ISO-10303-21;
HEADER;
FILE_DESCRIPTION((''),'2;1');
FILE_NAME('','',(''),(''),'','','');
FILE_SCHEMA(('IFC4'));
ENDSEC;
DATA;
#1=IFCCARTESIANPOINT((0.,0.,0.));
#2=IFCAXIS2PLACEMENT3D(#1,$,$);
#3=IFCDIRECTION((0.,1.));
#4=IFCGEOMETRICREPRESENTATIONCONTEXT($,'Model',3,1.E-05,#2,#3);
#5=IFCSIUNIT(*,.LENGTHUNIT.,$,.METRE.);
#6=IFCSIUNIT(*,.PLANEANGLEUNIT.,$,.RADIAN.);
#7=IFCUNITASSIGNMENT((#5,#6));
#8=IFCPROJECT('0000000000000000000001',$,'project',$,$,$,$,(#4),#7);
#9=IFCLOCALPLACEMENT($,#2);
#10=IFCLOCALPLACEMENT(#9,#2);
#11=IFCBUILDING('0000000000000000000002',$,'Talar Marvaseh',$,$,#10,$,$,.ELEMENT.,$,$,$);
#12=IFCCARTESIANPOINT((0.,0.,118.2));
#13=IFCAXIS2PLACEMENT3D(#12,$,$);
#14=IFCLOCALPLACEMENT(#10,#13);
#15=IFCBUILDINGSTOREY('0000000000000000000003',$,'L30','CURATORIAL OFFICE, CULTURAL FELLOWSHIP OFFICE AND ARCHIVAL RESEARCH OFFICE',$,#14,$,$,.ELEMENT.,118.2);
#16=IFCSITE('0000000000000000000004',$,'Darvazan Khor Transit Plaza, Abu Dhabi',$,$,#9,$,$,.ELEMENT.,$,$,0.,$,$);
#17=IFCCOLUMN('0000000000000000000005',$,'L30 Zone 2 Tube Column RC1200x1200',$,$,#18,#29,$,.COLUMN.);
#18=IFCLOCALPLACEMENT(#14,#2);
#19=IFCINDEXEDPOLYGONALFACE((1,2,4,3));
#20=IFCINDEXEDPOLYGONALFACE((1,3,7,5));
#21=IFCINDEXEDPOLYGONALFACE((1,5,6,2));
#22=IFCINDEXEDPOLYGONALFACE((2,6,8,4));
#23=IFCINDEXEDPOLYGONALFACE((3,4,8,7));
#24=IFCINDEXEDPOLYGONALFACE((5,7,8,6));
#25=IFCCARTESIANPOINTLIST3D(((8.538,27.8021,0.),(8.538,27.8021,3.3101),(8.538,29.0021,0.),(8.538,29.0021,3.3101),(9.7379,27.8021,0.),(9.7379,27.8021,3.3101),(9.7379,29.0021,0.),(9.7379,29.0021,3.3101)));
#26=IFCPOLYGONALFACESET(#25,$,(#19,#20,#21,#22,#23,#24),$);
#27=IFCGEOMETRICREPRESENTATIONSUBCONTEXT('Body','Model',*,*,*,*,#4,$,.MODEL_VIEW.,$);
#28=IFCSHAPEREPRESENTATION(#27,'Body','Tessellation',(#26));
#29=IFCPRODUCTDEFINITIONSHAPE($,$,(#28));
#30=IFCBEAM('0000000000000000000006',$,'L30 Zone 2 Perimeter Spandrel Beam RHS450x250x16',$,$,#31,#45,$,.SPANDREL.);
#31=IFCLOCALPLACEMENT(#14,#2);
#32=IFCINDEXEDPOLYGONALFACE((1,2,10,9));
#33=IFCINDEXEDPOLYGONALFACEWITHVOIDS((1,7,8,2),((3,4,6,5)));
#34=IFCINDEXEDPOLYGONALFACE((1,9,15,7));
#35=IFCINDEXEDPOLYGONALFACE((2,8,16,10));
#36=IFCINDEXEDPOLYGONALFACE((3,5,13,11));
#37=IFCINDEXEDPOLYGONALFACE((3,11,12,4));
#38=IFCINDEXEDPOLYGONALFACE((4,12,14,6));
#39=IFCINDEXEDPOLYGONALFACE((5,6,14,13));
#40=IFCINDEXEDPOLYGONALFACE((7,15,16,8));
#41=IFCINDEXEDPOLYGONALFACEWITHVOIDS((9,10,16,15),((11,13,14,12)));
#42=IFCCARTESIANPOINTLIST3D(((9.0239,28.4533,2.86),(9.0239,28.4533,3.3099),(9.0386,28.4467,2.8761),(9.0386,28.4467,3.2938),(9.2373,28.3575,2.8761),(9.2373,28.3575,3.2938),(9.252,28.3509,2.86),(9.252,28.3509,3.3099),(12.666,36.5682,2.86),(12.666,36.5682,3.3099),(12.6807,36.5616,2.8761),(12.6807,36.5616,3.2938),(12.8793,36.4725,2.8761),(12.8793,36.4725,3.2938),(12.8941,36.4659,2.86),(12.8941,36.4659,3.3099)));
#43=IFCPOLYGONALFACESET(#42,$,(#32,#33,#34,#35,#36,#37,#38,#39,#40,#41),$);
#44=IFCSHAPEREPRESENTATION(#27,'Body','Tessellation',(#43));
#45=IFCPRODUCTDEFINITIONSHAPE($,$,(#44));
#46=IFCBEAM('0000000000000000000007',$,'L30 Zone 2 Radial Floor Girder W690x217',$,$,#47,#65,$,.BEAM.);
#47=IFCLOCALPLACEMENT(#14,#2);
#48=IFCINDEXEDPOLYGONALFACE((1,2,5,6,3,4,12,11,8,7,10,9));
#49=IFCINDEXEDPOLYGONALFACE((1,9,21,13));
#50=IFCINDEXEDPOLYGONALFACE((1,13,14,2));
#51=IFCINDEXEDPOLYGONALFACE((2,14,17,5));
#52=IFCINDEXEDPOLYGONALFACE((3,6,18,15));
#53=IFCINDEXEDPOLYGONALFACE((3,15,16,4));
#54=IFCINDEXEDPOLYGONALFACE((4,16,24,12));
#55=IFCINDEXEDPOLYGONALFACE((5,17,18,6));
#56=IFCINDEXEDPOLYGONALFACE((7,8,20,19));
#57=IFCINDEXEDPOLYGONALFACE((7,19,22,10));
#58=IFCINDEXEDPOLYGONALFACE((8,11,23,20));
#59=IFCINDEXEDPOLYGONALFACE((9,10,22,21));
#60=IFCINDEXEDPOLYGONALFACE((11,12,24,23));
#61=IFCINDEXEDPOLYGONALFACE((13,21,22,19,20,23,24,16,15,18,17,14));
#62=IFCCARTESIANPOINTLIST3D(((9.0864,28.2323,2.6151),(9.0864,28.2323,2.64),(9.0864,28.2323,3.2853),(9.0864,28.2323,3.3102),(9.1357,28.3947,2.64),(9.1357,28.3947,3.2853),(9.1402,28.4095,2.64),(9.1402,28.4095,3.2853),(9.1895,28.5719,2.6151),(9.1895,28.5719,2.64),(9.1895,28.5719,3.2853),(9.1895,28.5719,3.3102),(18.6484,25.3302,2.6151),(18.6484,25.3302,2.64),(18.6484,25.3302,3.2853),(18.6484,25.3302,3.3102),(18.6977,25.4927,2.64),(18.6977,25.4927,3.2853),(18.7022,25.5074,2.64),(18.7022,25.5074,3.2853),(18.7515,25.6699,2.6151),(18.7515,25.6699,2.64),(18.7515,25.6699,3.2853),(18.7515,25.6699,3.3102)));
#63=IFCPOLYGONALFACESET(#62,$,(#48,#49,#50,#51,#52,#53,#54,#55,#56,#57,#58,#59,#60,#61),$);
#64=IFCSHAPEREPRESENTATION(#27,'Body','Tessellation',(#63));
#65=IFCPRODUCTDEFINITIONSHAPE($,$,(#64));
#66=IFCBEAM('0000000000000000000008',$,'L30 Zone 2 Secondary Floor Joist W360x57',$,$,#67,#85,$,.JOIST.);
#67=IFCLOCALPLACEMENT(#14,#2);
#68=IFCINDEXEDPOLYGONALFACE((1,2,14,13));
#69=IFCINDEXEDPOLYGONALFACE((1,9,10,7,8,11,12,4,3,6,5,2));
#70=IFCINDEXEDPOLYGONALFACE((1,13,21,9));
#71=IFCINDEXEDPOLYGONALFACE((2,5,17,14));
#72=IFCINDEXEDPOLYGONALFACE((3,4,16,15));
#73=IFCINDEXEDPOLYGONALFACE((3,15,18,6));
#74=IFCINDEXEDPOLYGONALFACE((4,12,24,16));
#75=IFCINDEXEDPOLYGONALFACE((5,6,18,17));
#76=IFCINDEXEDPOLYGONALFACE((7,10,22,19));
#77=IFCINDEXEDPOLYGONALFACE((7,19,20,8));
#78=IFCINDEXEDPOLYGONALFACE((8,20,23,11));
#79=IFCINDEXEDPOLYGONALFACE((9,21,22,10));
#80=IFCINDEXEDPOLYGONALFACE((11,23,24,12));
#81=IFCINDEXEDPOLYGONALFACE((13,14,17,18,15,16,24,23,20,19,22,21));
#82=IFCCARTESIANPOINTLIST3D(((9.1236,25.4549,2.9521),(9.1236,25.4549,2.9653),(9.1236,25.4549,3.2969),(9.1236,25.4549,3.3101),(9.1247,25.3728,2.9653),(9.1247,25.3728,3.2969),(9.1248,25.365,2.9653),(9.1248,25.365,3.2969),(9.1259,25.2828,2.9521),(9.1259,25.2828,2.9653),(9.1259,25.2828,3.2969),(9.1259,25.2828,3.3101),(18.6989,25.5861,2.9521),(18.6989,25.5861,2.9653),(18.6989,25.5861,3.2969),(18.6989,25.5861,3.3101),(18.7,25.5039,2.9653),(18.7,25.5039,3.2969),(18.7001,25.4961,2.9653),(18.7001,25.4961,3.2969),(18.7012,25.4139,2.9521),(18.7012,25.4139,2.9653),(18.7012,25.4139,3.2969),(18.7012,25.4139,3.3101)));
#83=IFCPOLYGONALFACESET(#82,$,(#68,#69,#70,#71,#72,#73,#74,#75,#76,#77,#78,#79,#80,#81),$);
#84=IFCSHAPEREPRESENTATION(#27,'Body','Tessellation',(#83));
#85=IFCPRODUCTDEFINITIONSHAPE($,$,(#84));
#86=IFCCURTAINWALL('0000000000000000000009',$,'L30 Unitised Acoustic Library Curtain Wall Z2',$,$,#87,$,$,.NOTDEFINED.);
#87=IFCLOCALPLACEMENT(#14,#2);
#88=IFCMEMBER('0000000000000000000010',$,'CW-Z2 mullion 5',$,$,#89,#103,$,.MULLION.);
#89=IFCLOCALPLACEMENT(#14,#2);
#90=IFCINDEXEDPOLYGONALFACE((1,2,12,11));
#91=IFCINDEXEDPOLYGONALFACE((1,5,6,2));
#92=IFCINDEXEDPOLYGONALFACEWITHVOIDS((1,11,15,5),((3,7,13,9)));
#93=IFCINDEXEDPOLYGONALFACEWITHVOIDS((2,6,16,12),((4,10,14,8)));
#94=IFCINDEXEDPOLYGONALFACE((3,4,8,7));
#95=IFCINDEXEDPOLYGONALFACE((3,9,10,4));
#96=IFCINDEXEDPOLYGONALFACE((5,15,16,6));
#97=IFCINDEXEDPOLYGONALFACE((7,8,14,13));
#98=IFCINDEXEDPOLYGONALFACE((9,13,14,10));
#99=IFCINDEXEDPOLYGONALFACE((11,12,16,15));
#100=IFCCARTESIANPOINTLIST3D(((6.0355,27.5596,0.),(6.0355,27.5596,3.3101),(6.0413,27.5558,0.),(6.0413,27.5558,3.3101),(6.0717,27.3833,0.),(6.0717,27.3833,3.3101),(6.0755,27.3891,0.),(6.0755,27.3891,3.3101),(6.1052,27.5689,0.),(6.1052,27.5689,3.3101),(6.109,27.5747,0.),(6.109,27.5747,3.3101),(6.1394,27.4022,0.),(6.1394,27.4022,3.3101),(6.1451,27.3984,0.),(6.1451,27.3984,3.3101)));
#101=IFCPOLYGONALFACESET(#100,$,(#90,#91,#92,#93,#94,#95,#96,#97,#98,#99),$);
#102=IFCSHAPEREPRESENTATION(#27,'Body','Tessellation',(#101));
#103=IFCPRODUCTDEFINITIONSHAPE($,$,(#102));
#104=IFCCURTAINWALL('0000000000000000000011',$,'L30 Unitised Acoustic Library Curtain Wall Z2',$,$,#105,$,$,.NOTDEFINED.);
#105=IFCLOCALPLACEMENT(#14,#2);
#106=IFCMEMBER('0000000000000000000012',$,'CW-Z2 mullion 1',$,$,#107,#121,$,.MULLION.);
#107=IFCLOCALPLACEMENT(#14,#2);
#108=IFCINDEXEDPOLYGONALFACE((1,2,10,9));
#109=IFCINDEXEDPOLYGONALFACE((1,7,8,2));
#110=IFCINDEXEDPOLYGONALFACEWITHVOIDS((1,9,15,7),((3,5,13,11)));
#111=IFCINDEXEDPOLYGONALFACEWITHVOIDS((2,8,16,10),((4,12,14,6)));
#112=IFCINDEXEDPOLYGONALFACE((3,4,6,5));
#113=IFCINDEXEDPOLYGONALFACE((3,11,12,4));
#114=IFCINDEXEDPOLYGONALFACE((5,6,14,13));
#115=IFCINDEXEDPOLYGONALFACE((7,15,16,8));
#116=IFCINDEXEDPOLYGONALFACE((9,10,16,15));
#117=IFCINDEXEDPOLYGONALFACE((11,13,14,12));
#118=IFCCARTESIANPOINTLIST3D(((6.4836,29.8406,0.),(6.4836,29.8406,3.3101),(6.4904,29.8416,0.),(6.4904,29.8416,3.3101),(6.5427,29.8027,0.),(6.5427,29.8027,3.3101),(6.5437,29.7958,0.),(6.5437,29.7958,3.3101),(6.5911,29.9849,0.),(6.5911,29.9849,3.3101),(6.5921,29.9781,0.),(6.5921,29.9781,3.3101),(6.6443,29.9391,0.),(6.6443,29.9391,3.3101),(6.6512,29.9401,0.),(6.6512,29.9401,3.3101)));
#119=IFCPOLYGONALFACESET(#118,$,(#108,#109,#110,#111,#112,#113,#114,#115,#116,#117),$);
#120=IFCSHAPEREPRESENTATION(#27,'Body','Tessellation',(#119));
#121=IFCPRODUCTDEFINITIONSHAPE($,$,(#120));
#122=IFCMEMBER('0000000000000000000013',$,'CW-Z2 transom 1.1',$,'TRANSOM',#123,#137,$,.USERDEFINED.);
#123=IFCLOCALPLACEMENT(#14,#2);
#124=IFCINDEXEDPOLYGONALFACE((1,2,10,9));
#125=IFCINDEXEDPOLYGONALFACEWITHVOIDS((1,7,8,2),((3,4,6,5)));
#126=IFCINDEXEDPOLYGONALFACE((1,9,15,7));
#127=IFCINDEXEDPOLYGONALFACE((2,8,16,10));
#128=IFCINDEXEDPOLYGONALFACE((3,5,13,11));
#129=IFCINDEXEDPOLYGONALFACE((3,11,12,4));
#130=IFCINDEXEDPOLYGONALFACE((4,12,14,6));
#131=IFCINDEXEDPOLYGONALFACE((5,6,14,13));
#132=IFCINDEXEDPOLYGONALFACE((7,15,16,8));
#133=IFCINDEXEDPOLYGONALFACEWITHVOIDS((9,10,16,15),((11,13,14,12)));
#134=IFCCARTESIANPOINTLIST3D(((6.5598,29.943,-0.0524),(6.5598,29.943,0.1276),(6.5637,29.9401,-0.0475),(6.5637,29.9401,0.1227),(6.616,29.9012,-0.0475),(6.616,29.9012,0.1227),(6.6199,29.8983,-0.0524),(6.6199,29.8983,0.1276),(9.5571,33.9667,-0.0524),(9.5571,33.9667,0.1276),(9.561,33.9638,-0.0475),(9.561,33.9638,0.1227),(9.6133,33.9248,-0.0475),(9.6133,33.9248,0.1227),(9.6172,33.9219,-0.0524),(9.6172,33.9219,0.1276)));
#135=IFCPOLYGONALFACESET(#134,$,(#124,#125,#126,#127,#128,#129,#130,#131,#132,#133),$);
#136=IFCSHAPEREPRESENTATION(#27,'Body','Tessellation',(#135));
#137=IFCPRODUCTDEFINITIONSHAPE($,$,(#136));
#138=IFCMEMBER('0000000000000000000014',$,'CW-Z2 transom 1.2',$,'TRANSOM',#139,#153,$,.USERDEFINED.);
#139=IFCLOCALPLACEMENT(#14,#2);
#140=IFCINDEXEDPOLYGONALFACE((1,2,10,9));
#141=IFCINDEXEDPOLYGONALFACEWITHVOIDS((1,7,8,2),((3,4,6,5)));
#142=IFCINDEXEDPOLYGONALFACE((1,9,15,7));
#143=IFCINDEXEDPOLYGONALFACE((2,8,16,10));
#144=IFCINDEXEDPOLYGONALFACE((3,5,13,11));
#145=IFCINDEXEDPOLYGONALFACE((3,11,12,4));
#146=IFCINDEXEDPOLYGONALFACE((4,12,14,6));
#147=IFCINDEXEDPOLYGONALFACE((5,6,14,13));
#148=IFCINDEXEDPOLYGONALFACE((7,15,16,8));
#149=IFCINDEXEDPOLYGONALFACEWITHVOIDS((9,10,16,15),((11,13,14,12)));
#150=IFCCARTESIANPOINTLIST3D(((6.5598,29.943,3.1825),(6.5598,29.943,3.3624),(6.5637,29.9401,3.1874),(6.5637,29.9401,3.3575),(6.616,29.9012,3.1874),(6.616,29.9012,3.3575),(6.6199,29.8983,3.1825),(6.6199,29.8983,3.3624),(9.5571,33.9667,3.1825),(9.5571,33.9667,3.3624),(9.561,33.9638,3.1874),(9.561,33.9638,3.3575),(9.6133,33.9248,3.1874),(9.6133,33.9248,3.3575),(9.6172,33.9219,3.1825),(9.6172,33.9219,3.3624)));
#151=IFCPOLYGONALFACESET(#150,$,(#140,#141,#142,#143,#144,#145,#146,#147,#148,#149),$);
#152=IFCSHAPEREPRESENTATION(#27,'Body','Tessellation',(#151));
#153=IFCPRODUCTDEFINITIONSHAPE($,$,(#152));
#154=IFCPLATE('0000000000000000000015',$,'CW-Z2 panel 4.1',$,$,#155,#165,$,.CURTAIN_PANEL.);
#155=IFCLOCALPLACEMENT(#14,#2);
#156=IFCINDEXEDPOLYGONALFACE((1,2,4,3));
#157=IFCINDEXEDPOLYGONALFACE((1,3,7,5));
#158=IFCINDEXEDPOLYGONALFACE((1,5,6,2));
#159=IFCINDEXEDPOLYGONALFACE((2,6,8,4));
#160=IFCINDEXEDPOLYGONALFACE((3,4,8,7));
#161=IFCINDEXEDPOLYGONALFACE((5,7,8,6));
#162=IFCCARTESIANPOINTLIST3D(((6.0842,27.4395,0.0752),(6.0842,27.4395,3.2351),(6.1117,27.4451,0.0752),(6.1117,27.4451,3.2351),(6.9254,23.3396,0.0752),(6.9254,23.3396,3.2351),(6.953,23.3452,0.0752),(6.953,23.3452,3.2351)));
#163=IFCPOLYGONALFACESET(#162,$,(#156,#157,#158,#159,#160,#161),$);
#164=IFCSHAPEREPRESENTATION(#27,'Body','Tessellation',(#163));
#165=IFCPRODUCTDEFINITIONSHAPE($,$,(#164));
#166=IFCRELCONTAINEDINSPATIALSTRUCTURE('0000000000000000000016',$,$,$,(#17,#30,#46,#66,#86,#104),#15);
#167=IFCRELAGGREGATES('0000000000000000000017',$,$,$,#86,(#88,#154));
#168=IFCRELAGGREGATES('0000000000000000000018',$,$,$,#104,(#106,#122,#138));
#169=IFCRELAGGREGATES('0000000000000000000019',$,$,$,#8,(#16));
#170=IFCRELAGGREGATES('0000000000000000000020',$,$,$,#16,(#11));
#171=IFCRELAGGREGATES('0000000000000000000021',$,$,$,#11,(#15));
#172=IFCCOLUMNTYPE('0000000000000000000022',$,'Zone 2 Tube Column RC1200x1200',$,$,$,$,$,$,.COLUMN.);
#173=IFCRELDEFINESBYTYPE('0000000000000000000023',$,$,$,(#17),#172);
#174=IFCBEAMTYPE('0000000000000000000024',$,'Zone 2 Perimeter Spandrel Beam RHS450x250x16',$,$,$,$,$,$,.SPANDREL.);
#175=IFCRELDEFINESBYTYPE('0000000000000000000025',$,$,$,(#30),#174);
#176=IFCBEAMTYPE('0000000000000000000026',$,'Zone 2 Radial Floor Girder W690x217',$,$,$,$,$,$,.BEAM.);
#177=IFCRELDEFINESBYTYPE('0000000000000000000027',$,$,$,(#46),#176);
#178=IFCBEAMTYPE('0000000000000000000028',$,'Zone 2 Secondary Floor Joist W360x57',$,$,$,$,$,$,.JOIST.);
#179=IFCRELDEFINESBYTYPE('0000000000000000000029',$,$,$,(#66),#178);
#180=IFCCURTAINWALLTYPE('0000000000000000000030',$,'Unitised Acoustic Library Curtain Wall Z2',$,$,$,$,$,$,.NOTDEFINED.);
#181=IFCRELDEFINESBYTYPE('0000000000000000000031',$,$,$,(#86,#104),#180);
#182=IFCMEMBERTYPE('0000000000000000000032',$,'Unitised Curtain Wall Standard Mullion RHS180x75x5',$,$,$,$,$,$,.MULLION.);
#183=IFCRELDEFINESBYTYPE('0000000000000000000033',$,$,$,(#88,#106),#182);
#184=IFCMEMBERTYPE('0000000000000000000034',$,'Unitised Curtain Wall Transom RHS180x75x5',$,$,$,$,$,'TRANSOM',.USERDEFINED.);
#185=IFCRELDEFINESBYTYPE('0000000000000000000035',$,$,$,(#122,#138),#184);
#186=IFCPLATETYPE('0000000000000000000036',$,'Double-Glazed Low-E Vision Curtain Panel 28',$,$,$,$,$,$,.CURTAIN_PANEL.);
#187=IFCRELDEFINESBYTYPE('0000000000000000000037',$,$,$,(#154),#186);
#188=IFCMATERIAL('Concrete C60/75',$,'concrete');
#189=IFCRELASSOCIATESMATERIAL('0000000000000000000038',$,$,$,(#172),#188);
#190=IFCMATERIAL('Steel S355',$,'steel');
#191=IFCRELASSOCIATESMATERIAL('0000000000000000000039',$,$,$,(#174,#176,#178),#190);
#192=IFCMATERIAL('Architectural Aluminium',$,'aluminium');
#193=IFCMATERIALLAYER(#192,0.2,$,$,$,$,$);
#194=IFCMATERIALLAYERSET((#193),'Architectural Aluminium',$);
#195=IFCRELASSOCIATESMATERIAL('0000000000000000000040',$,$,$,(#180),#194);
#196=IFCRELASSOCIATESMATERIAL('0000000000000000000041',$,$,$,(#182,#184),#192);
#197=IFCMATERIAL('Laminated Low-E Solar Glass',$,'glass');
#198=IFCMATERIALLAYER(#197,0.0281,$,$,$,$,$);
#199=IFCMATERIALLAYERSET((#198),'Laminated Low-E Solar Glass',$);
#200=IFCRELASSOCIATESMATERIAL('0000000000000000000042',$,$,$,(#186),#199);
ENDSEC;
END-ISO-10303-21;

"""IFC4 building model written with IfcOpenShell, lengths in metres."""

from ifc_helpers import new_model, si_unit, direction, frame, origin, origin_2d, place, context, subcontext, project, spatial, rectangle, hollow_rectangle, i_section, extrude, source, transform, mapped, material, layer, layer_set, material_profile, profile_set, type_object, type_shapes, element, aggregate, save


model = new_model("IFC4")

# Units and contexts
model_context = context("Model", 3, precision=1e-05, world=origin(), true_north=direction((0.0, 1.0)))
body_context = subcontext(model_context, "Body", "Model", "MODEL_VIEW")
ifc_project = project(units=[si_unit("LENGTHUNIT", "METRE"), si_unit("PLANEANGLEUNIT", "RADIAN")], contexts=[model_context])

# Site, building, storey
site_placement = place(None, origin())
site = spatial("IfcSite", under=ifc_project, at=site_placement, Name="Darvazan Khor Transit Plaza, Abu Dhabi", CompositionType="ELEMENT", RefElevation=0.0)
building_placement = place(site_placement, origin())
building = spatial("IfcBuilding", under=site, at=building_placement, Name="Talar Marvaseh", CompositionType="ELEMENT")
storey_placement = place(building_placement, frame((0.0, 0.0, 118.2)))
storey = spatial("IfcBuildingStorey", under=building, at=storey_placement, Name="L30", Description="CURATORIAL OFFICE, CULTURAL FELLOWSHIP OFFICE AND ARCHIVAL RESEARCH OFFICE", CompositionType="ELEMENT", Elevation=118.2)

# Column
ifc_material_1 = material(Name="Concrete C60/75", Category="concrete")
ifc_material_profile_1 = material_profile(ifc_material_1, rectangle(XDim=1.2, YDim=1.2, at=origin_2d()), Name="RC1200x1200")
ifc_profile_set_1 = profile_set([ifc_material_profile_1], Name="Concrete C60/75")
column_type = type_object("IfcColumnType", Name="Zone 2 Tube Column RC1200x1200", PredefinedType="COLUMN", material=ifc_profile_set_1)
column_placement = place(storey_placement, frame((9.1379, 28.4021, 0.0), z_axis=(0.0, 0.0, 1.0), x_axis=(1.0, 0.0, 0.0)))
element("IfcColumn", 1, at=column_placement, inside=storey, type_object=column_type, Name="L30 Zone 2 Tube Column RC1200x1200", PredefinedType="COLUMN", context=body_context, shape_type="SweptSolid", body=[
    extrude(rectangle(XDim=1.2, YDim=1.2, at=origin_2d()), origin(), (0.0, 0.0, 1.0), 3.3101),
])

# Beams
ifc_material_2 = material(Name="Steel S355", Category="steel")
ifc_material_profile_2 = material_profile(ifc_material_2, hollow_rectangle(XDim=0.25, YDim=0.45, WallThickness=0.0161, at=origin_2d()), Name="RHS450x250x16")
ifc_profile_set_2 = profile_set([ifc_material_profile_2], Name="Steel S355")
beam_type_1 = type_object("IfcBeamType", Name="Zone 2 Perimeter Spandrel Beam RHS450x250x16", PredefinedType="SPANDREL", material=ifc_profile_set_2)
beam_1_placement = place(storey_placement, frame((9.1379, 28.4021, 3.085), z_axis=(0.409462, 0.912327, 0.0), x_axis=(-0.912327, 0.409462, 0.0)))
element("IfcBeam", 2, at=beam_1_placement, inside=storey, type_object=beam_type_1, Name="L30 Zone 2 Perimeter Spandrel Beam RHS450x250x16", PredefinedType="SPANDREL", context=body_context, shape_type="SweptSolid", body=[
    extrude(hollow_rectangle(XDim=0.25, YDim=0.45, WallThickness=0.0161, at=origin_2d()), origin(), (0.0, 0.0, 1.0), 8.8948),
])
ifc_material_profile_3 = material_profile(ifc_material_2, i_section(OverallWidth=0.355, OverallDepth=0.6951, WebThickness=0.0154, FlangeThickness=0.0249, at=origin_2d()), Name="W690x217")
ifc_profile_set_3 = profile_set([ifc_material_profile_3], Name="Steel S355")
beam_type_2 = type_object("IfcBeamType", Name="Zone 2 Radial Floor Girder W690x217", PredefinedType="BEAM", material=ifc_profile_set_3)
beam_2_placement = place(storey_placement, frame((9.1379, 28.4021, 2.9626), z_axis=(0.956899, -0.290422, 0.0), x_axis=(0.290422, 0.956899, 0.0)))
element("IfcBeam", 3, at=beam_2_placement, inside=storey, type_object=beam_type_2, Name="L30 Zone 2 Radial Floor Girder W690x217", PredefinedType="BEAM", context=body_context, shape_type="SweptSolid", body=[
    extrude(i_section(OverallWidth=0.355, OverallDepth=0.6951, WebThickness=0.0154, FlangeThickness=0.0249, at=origin_2d()), origin(), (0.0, 0.0, 1.0), 9.9927),
])
ifc_material_profile_4 = material_profile(ifc_material_2, i_section(OverallWidth=0.1721, OverallDepth=0.3579, WebThickness=0.0078, FlangeThickness=0.0132, at=origin_2d()), Name="W360x57")
ifc_profile_set_4 = profile_set([ifc_material_profile_4], Name="Steel S355")
beam_type_3 = type_object("IfcBeamType", Name="Zone 2 Secondary Floor Joist W360x57", PredefinedType="JOIST", material=ifc_profile_set_4)
beam_3_placement = place(storey_placement, frame((9.1248, 25.3689, 3.1311), z_axis=(0.999906, 0.013691, 0.0), x_axis=(-0.013691, 0.999906, 0.0)))
element("IfcBeam", 4, at=beam_3_placement, inside=storey, type_object=beam_type_3, Name="L30 Zone 2 Secondary Floor Joist W360x57", PredefinedType="JOIST", context=body_context, shape_type="SweptSolid", body=[
    extrude(i_section(OverallWidth=0.1721, OverallDepth=0.3579, WebThickness=0.0078, FlangeThickness=0.0132, at=origin_2d()), origin(), (0.0, 0.0, 1.0), 9.5762),
])

# Curtain wall, member
ifc_material_3 = material(Name="Architectural Aluminium", Category="aluminium")
ifc_layer_1 = layer(ifc_material_3, 0.2)
ifc_layer_set_1 = layer_set([ifc_layer_1], Name="Architectural Aluminium")
curtain_wall_type = type_object("IfcCurtainWallType", Name="Unitised Acoustic Library Curtain Wall Z2", PredefinedType="NOTDEFINED", material=ifc_layer_set_1)
curtain_wall_1_placement = place(storey_placement, origin())
curtain_wall_1 = element("IfcCurtainWall", 5, at=curtain_wall_1_placement, inside=storey, type_object=curtain_wall_type, Name="L30 Unitised Acoustic Library Curtain Wall Z2", PredefinedType="NOTDEFINED")
ifc_material_profile_5 = material_profile(ifc_material_3, hollow_rectangle(XDim=0.075, YDim=0.1799, WallThickness=0.0049, at=origin_2d()), Name="RHS180x75x5")
ifc_profile_set_5 = profile_set([ifc_material_profile_5], Name="Architectural Aluminium")
member_type_1 = type_object("IfcMemberType", Name="Unitised Curtain Wall Standard Mullion RHS180x75x5", PredefinedType="MULLION", material=ifc_profile_set_5)
shared_shape_1 = source(origin(), body_context, "Body", "SweptSolid", [
    extrude(hollow_rectangle(XDim=0.075, YDim=0.1799, WallThickness=0.0049, at=origin_2d()), origin(), (0.0, 0.0, 1.0), 3.3101),
])
type_shapes(member_type_1, [shared_shape_1])
member_1_placement = place(storey_placement, frame((6.0903, 27.479, 0.0), z_axis=(0.0, 0.0, 1.0), x_axis=(-0.979589, -0.201011, 0.0)))
member_1 = element("IfcMember", 6, at=member_1_placement, type_object=member_type_1, Name="CW-Z2 mullion 5", PredefinedType="MULLION", context=body_context, shape_type="MappedRepresentation", body=[
    mapped(shared_shape_1, transform((0.0, 0.0, 0.0), x_axis=(1.0, 0.0, 0.0), y_axis=(0.0, 1.0, 0.0), z_axis=(0.0, 0.0, 1.0), scale=1.0)),
])

# Curtain wall, members
curtain_wall_2_placement = place(storey_placement, origin())
curtain_wall_2 = element("IfcCurtainWall", 7, at=curtain_wall_2_placement, inside=storey, type_object=curtain_wall_type, Name="L30 Unitised Acoustic Library Curtain Wall Z2", PredefinedType="NOTDEFINED")
member_2_placement = place(storey_placement, frame((6.5674, 29.8904, 0.0), z_axis=(0.0, 0.0, 1.0), x_axis=(-0.801961, 0.597376, 0.0)))
member_2 = element("IfcMember", 8, at=member_2_placement, type_object=member_type_1, Name="CW-Z2 mullion 1", PredefinedType="MULLION", context=body_context, shape_type="MappedRepresentation", body=[
    mapped(shared_shape_1, transform((0.0, 0.0, 0.0), x_axis=(1.0, 0.0, 0.0), y_axis=(0.0, 1.0, 0.0), z_axis=(0.0, 0.0, 1.0), scale=1.0)),
])
ifc_material_profile_6 = material_profile(ifc_material_3, hollow_rectangle(XDim=0.075, YDim=0.1799, WallThickness=0.0049, at=origin_2d()), Name="RHS180x75x5")
ifc_profile_set_6 = profile_set([ifc_material_profile_6], Name="Architectural Aluminium")
member_type_2 = type_object("IfcMemberType", Name="Unitised Curtain Wall Transom RHS180x75x5", ElementType="TRANSOM", PredefinedType="USERDEFINED", material=ifc_profile_set_6)
shared_shape_2 = source(origin(), body_context, "Body", "SweptSolid", [
    extrude(hollow_rectangle(XDim=0.075, YDim=0.1799, WallThickness=0.0049, at=origin_2d()), origin(), (0.0, 0.0, 1.0), 5.0173),
])
type_shapes(member_type_2, [shared_shape_2])
member_3_placement = place(storey_placement, frame((6.5898, 29.9207, 0.0376), z_axis=(0.597389, 0.801952, 0.0), x_axis=(-0.801952, 0.597389, 0.0)))
member_3 = element("IfcMember", 9, at=member_3_placement, type_object=member_type_2, Name="CW-Z2 transom 1.1", ObjectType="TRANSOM", PredefinedType="USERDEFINED", context=body_context, shape_type="MappedRepresentation", body=[
    mapped(shared_shape_2, transform((0.0, 0.0, 0.0), x_axis=(1.0, 0.0, 0.0), y_axis=(0.0, 1.0, 0.0), z_axis=(0.0, 0.0, 1.0), scale=1.0)),
])
member_4_placement = place(storey_placement, frame((6.5898, 29.9207, 3.2725), z_axis=(0.597389, 0.801952, 0.0), x_axis=(-0.801952, 0.597389, 0.0)))
member_4 = element("IfcMember", 10, at=member_4_placement, type_object=member_type_2, Name="CW-Z2 transom 1.2", ObjectType="TRANSOM", PredefinedType="USERDEFINED", context=body_context, shape_type="MappedRepresentation", body=[
    mapped(shared_shape_2, transform((0.0, 0.0, 0.0), x_axis=(1.0, 0.0, 0.0), y_axis=(0.0, 1.0, 0.0), z_axis=(0.0, 0.0, 1.0), scale=1.0)),
])

# Plate
ifc_material_4 = material(Name="Laminated Low-E Solar Glass", Category="glass")
ifc_layer_2 = layer(ifc_material_4, 0.0281)
ifc_layer_set_2 = layer_set([ifc_layer_2], Name="Laminated Low-E Solar Glass")
plate_type = type_object("IfcPlateType", Name="Double-Glazed Low-E Vision Curtain Panel 28", PredefinedType="CURTAIN_PANEL", material=ifc_layer_set_2)
shared_shape_3 = source(origin(), body_context, "Body", "SweptSolid", [
    extrude(rectangle(XDim=4.1853, YDim=0.0281, at=origin_2d()), origin(), (0.0, 0.0, 1.0), 3.1599),
])
plate_1_placement = place(storey_placement, frame((6.5186, 25.3923, 0.0752), z_axis=(0.0, 0.0, 1.0), x_axis=(-0.201011, 0.979589, 0.0)))
plate_1 = element("IfcPlate", 11, at=plate_1_placement, type_object=plate_type, Name="CW-Z2 panel 4.1", PredefinedType="CURTAIN_PANEL", context=body_context, shape_type="MappedRepresentation", body=[
    mapped(shared_shape_3, transform((0.0, 0.0, 0.0), x_axis=(1.0, 0.0, 0.0), y_axis=(0.0, 1.0, 0.0), z_axis=(0.0, 0.0, 1.0), scale=1.0)),
])
aggregate(curtain_wall_1, [member_1, plate_1])
aggregate(curtain_wall_2, [member_2, member_3, member_4])

save(model, "model.ifc")
